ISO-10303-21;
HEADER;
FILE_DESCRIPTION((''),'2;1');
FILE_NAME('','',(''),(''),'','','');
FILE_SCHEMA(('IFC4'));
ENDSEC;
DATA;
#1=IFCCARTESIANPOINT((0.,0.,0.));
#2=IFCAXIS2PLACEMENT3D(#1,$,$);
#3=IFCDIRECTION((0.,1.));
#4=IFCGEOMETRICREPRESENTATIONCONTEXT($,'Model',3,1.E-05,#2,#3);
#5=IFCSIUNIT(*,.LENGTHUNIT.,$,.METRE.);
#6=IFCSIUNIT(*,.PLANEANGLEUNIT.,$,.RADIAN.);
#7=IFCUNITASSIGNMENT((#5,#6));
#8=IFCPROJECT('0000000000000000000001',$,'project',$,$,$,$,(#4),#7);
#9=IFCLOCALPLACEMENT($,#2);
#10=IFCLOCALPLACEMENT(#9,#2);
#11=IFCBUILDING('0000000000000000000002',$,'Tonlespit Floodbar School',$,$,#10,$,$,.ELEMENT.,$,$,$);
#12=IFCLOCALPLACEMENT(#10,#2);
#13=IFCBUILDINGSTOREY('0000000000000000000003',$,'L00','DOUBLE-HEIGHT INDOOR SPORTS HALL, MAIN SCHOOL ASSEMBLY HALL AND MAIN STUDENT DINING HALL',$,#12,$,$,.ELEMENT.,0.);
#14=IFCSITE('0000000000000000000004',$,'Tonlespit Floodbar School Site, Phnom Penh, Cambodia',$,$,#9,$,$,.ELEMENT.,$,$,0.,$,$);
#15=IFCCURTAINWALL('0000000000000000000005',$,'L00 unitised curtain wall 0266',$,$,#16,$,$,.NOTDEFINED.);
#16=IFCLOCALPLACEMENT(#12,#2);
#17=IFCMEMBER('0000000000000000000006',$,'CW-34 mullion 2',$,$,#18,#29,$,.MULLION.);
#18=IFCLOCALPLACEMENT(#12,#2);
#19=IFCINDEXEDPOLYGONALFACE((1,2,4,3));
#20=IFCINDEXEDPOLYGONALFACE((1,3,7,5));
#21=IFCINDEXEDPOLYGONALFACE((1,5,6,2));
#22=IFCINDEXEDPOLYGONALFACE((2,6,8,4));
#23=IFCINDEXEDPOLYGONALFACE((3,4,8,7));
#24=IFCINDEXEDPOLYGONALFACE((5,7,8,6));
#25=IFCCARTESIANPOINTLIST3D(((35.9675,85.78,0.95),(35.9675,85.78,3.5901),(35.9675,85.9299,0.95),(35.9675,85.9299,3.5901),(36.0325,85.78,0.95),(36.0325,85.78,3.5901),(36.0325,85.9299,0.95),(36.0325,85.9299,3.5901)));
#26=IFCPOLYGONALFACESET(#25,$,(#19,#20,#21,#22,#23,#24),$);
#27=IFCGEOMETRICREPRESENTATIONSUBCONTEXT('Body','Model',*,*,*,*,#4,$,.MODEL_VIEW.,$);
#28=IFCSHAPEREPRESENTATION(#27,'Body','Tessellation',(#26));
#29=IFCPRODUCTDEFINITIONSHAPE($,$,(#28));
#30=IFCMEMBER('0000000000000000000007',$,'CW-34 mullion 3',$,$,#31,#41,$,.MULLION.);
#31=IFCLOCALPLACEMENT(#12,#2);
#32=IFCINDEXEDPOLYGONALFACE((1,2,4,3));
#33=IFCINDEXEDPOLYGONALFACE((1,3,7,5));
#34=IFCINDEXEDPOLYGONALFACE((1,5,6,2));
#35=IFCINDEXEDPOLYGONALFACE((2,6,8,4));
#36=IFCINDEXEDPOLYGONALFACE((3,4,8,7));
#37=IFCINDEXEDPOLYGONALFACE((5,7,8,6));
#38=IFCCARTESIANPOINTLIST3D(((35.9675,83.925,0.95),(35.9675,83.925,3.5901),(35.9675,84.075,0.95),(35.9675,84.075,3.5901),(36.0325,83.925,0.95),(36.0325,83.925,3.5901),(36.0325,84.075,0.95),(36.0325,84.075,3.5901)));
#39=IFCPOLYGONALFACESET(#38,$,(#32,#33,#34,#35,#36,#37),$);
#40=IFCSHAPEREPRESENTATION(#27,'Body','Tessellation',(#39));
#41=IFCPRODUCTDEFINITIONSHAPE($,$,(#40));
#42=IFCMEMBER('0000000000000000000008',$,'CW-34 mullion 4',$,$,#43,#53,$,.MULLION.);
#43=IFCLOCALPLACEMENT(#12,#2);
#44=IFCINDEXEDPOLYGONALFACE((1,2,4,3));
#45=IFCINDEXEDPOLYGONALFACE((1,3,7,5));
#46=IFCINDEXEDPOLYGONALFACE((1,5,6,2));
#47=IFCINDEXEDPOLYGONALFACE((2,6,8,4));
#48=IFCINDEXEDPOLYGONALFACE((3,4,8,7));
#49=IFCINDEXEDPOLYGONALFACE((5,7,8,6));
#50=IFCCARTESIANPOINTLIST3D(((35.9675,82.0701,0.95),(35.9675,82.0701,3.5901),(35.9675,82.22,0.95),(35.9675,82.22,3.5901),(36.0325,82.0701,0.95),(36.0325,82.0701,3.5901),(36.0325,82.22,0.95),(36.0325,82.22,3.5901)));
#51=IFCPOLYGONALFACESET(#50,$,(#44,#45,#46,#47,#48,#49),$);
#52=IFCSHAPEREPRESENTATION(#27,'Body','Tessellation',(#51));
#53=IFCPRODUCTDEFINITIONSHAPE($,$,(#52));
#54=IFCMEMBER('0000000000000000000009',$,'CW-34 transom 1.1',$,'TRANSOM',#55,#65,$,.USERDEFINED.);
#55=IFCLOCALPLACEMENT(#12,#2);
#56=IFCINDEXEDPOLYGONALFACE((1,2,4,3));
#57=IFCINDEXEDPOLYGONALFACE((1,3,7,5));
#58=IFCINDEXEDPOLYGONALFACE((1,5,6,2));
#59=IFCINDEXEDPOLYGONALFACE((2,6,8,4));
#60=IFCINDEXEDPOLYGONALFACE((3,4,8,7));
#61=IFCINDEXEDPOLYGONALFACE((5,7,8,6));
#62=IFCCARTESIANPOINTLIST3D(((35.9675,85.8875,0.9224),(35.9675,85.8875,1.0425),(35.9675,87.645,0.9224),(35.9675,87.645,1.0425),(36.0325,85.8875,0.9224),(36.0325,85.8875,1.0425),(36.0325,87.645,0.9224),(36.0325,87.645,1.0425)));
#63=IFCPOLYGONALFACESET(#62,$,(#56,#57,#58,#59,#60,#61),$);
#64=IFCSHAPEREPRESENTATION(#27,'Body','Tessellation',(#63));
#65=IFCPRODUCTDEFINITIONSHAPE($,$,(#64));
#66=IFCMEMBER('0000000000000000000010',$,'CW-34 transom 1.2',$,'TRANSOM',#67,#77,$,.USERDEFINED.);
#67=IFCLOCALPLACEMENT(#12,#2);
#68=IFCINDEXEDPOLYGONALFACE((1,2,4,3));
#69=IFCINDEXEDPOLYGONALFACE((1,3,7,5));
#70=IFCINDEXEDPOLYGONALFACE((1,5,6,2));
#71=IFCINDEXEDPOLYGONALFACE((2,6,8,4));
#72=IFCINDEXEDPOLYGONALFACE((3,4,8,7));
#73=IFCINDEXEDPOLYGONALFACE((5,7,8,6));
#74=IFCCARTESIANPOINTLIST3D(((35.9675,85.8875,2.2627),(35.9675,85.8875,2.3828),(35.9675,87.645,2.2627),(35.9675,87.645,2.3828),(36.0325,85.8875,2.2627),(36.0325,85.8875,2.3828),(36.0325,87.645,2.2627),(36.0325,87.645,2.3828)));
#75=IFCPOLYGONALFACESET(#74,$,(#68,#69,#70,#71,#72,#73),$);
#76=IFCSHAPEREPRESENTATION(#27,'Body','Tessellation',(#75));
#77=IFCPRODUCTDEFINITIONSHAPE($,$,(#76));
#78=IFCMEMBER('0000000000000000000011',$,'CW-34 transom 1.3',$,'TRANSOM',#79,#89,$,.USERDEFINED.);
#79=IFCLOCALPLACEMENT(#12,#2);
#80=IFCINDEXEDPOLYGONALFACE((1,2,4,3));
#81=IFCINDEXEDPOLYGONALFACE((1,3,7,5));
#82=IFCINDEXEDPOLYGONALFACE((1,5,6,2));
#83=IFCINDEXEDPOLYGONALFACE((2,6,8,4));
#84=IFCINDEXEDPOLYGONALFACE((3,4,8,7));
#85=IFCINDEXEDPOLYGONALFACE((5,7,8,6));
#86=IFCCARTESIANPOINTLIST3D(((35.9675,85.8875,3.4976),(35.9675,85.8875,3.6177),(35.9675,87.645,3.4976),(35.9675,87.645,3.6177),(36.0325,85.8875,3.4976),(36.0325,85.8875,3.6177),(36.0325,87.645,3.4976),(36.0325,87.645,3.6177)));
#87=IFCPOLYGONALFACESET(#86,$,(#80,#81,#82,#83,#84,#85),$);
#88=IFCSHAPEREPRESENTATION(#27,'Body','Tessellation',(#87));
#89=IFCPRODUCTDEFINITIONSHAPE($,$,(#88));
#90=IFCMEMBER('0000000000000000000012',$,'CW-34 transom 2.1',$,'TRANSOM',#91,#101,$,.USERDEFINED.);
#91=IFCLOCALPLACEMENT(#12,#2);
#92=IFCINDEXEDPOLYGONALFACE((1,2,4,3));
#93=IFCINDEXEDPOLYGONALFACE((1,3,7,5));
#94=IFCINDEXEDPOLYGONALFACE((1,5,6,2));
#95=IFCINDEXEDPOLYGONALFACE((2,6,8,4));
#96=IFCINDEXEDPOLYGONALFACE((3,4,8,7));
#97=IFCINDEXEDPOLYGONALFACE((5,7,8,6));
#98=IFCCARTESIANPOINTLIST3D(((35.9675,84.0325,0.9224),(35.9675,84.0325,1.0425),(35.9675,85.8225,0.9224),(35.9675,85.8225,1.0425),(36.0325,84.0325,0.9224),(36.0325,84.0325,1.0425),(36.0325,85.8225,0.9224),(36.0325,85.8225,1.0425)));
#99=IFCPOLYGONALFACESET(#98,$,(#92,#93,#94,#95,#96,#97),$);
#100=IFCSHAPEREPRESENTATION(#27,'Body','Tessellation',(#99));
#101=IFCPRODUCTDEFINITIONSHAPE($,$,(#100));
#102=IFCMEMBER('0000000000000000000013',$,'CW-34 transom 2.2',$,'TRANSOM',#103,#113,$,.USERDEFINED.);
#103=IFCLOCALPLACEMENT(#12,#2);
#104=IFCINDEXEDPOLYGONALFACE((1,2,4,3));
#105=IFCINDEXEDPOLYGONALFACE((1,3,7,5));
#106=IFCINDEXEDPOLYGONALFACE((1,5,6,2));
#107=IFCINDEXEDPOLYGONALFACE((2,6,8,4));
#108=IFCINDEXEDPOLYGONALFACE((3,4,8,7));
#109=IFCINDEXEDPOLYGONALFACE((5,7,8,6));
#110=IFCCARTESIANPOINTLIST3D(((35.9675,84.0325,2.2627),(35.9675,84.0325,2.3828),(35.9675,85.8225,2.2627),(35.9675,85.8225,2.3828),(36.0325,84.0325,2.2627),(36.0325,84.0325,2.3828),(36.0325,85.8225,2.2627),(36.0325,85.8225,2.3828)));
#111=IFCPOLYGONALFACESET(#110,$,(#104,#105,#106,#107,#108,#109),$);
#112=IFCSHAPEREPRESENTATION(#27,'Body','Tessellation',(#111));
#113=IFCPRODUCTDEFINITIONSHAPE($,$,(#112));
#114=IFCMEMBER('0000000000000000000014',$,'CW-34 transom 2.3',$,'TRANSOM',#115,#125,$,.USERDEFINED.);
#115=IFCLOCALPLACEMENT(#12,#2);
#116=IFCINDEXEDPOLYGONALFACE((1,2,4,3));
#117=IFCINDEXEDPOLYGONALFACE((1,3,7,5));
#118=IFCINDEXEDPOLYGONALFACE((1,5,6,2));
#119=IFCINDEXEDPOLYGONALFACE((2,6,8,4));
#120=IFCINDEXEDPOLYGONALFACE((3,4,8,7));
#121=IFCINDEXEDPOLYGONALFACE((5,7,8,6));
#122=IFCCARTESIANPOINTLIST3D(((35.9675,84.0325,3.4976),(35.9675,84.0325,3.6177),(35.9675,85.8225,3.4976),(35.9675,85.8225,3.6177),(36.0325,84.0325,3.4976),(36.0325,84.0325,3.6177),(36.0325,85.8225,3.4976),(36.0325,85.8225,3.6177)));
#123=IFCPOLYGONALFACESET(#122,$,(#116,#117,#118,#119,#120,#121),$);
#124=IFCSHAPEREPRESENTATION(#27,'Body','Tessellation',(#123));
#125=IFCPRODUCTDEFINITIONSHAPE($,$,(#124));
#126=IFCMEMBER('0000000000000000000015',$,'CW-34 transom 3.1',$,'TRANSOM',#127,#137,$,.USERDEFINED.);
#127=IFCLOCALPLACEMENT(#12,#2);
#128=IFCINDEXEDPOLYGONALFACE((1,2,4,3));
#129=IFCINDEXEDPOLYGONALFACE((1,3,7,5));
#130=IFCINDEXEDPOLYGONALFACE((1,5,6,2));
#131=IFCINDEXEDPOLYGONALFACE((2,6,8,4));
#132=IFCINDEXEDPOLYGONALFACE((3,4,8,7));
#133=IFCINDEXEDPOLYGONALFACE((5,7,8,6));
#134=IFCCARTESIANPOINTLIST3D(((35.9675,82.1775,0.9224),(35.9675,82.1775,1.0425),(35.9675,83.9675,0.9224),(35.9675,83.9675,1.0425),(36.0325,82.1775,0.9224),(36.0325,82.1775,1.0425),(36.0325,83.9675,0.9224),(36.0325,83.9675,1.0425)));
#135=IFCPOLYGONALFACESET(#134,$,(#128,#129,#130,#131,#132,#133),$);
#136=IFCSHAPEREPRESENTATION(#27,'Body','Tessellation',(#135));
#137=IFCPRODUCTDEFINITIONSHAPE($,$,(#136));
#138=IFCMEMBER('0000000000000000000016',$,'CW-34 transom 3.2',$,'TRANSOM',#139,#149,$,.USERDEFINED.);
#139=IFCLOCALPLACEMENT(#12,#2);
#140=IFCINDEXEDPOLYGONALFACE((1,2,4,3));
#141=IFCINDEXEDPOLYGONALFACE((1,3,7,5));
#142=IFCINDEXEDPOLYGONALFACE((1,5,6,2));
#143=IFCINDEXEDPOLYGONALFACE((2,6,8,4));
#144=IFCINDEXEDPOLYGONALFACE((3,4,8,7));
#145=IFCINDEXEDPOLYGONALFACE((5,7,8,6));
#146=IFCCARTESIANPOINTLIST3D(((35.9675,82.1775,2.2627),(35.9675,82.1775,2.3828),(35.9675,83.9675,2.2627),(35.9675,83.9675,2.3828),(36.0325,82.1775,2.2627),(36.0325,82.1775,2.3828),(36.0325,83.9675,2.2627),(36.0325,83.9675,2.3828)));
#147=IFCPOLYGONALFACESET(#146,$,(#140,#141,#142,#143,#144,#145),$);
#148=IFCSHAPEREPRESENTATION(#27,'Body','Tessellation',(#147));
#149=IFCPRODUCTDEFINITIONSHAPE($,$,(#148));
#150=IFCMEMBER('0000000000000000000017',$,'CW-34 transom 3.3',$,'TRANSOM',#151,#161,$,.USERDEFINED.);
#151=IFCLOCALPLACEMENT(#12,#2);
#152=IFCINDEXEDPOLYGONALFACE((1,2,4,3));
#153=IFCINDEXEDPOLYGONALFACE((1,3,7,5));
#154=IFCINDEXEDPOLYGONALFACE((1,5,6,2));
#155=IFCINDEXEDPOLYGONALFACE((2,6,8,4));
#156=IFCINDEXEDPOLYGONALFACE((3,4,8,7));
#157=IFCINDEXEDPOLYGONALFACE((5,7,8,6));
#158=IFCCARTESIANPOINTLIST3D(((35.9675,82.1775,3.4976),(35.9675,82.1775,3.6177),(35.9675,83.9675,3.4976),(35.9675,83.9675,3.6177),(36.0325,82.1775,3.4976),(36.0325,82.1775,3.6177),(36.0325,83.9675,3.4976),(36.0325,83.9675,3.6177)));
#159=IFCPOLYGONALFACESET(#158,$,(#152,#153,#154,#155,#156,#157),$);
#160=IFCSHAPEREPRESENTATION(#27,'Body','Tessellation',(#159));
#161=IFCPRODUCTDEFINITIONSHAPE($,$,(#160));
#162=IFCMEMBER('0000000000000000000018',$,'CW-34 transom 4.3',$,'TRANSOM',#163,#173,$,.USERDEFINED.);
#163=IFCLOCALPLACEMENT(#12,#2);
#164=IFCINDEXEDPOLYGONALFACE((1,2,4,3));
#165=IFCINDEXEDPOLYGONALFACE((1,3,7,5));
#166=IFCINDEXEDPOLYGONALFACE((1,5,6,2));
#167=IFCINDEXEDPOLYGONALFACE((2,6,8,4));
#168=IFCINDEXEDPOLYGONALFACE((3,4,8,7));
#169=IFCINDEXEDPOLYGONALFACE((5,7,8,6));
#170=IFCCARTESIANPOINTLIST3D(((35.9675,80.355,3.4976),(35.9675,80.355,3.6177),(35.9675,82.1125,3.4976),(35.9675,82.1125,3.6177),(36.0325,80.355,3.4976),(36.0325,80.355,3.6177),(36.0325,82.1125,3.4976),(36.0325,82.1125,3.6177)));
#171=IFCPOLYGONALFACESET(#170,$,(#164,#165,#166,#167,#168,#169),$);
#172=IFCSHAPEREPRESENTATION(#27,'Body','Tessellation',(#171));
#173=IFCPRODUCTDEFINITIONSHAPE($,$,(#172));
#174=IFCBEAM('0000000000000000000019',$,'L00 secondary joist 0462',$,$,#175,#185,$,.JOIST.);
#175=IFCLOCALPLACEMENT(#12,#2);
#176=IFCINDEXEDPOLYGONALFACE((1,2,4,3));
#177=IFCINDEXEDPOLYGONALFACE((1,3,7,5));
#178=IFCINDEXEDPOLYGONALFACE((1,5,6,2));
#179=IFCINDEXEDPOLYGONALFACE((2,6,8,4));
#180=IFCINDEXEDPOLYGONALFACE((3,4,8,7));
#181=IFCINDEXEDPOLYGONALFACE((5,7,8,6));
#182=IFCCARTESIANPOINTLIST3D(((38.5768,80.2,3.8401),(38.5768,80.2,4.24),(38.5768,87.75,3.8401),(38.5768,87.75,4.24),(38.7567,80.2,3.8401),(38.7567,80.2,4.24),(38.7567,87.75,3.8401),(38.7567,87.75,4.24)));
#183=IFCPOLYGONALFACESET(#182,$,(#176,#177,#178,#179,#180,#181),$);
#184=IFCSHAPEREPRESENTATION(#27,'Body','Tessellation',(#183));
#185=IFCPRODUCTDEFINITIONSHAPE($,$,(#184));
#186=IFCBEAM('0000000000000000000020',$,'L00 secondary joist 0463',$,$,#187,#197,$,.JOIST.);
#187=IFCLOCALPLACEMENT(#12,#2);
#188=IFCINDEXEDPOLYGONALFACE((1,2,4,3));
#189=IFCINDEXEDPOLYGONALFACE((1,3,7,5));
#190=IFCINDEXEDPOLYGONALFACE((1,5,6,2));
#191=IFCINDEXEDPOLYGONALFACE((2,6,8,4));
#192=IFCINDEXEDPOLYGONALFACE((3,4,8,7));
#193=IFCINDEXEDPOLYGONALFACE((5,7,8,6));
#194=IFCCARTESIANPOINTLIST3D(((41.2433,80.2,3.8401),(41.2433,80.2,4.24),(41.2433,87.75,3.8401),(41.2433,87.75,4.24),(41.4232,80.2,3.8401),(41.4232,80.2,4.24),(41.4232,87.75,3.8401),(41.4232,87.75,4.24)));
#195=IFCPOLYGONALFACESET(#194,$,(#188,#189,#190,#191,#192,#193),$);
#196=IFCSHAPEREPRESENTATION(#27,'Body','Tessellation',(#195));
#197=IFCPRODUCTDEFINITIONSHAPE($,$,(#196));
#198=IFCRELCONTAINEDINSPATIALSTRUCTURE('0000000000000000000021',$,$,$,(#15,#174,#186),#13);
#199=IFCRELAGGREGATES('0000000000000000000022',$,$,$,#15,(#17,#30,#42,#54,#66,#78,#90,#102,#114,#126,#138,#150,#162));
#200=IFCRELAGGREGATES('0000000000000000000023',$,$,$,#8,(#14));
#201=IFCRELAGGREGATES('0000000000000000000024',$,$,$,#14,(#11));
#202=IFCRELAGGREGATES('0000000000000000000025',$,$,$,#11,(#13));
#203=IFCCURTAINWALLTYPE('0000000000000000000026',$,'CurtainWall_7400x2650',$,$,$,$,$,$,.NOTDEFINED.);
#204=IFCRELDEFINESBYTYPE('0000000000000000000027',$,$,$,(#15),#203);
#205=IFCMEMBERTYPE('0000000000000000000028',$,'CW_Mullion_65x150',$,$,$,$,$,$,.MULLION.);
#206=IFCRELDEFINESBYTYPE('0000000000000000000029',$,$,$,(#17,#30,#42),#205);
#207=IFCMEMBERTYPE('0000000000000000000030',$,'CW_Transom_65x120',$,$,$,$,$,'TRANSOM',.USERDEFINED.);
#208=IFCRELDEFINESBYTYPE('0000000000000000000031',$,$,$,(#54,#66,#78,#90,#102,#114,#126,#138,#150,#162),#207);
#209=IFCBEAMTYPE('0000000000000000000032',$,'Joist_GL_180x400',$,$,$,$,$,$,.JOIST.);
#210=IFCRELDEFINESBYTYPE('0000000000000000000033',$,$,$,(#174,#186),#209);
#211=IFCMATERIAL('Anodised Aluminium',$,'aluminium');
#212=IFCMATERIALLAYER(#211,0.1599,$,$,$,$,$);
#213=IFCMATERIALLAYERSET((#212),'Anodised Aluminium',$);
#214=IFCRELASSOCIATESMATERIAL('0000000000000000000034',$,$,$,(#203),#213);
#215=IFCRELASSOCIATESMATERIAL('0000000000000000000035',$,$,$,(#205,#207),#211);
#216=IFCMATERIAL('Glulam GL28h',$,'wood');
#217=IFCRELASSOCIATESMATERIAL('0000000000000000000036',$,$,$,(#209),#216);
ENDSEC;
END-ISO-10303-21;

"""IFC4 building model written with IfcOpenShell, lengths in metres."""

from ifc_helpers import new_model, si_unit, direction, frame, origin, origin_2d, place, context, subcontext, project, spatial, rectangle, extrude, material, layer, layer_set, material_profile, profile_set, type_object, element, aggregate, save


model = new_model("IFC4")

# Units and contexts
model_context = context("Model", 3, precision=1e-05, world=origin(), true_north=direction((0.0, 1.0)))
body_context = subcontext(model_context, "Body", "Model", "MODEL_VIEW")
ifc_project = project(units=[si_unit("LENGTHUNIT", "METRE"), si_unit("PLANEANGLEUNIT", "RADIAN")], contexts=[model_context])

# Site, building, storey
site_placement = place(None, origin())
site = spatial("IfcSite", under=ifc_project, at=site_placement, Name="Tonlespit Floodbar School Site, Phnom Penh, Cambodia", CompositionType="ELEMENT", RefElevation=0.0)
building_placement = place(site_placement, origin())
building = spatial("IfcBuilding", under=site, at=building_placement, Name="Tonlespit Floodbar School", CompositionType="ELEMENT")
storey_placement = place(building_placement, origin())
storey = spatial("IfcBuildingStorey", under=building, at=storey_placement, Name="L00", Description="DOUBLE-HEIGHT INDOOR SPORTS HALL, MAIN SCHOOL ASSEMBLY HALL AND MAIN STUDENT DINING HALL", CompositionType="ELEMENT", Elevation=0.0)

# Curtain wall, members
ifc_material_1 = material(Name="Anodised Aluminium", Category="aluminium")
ifc_layer_1 = layer(ifc_material_1, 0.1599)
ifc_layer_set_1 = layer_set([ifc_layer_1], Name="Anodised Aluminium")
curtain_wall_type = type_object("IfcCurtainWallType", Name="CurtainWall_7400x2650", PredefinedType="NOTDEFINED", material=ifc_layer_set_1)
curtain_wall_placement = place(storey_placement, origin())
curtain_wall = element("IfcCurtainWall", 1, at=curtain_wall_placement, inside=storey, type_object=curtain_wall_type, Name="L00 unitised curtain wall 0266", PredefinedType="NOTDEFINED")
ifc_material_profile_1 = material_profile(ifc_material_1, rectangle(XDim=0.0649, YDim=0.1499, at=origin_2d()), Name="ALU M65x150")
ifc_profile_set_1 = profile_set([ifc_material_profile_1], Name="Anodised Aluminium")
member_type_1 = type_object("IfcMemberType", Name="CW_Mullion_65x150", PredefinedType="MULLION", material=ifc_profile_set_1)
member_1_placement = place(storey_placement, frame((36.0, 85.855, 0.95), z_axis=(0.0, 0.0, 1.0), x_axis=(1.0, 0.0, 0.0)))
member_1 = element("IfcMember", 2, at=member_1_placement, type_object=member_type_1, Name="CW-34 mullion 2", PredefinedType="MULLION", context=body_context, shape_type="SweptSolid", body=[
    extrude(rectangle(XDim=0.0649, YDim=0.1499, at=origin_2d()), origin(), (0.0, 0.0, 1.0), 2.6401),
])
member_2_placement = place(storey_placement, frame((36.0, 84.0, 0.95), z_axis=(0.0, 0.0, 1.0), x_axis=(1.0, 0.0, 0.0)))
member_2 = element("IfcMember", 3, at=member_2_placement, type_object=member_type_1, Name="CW-34 mullion 3", PredefinedType="MULLION", context=body_context, shape_type="SweptSolid", body=[
    extrude(rectangle(XDim=0.0649, YDim=0.1499, at=origin_2d()), origin(), (0.0, 0.0, 1.0), 2.6401),
])
member_3_placement = place(storey_placement, frame((36.0, 82.145, 0.95), z_axis=(0.0, 0.0, 1.0), x_axis=(1.0, 0.0, 0.0)))
member_3 = element("IfcMember", 4, at=member_3_placement, type_object=member_type_1, Name="CW-34 mullion 4", PredefinedType="MULLION", context=body_context, shape_type="SweptSolid", body=[
    extrude(rectangle(XDim=0.0649, YDim=0.1499, at=origin_2d()), origin(), (0.0, 0.0, 1.0), 2.6401),
])
ifc_material_profile_2 = material_profile(ifc_material_1, rectangle(XDim=0.0649, YDim=0.1201, at=origin_2d()), Name="ALU T65x120")
ifc_profile_set_2 = profile_set([ifc_material_profile_2], Name="Anodised Aluminium")
member_type_2 = type_object("IfcMemberType", Name="CW_Transom_65x120", ElementType="TRANSOM", PredefinedType="USERDEFINED", material=ifc_profile_set_2)
member_4_placement = place(storey_placement, frame((36.0, 87.645, 0.9824), z_axis=(0.0, -1.0, 0.0), x_axis=(1.0, 0.0, 0.0)))
member_4 = element("IfcMember", 5, at=member_4_placement, type_object=member_type_2, Name="CW-34 transom 1.1", ObjectType="TRANSOM", PredefinedType="USERDEFINED", context=body_context, shape_type="SweptSolid", body=[
    extrude(rectangle(XDim=0.0649, YDim=0.1201, at=origin_2d()), origin(), (0.0, 0.0, 1.0), 1.7576),
])
member_5_placement = place(storey_placement, frame((36.0, 87.645, 2.3228), z_axis=(0.0, -1.0, 0.0), x_axis=(1.0, 0.0, 0.0)))
member_5 = element("IfcMember", 6, at=member_5_placement, type_object=member_type_2, Name="CW-34 transom 1.2", ObjectType="TRANSOM", PredefinedType="USERDEFINED", context=body_context, shape_type="SweptSolid", body=[
    extrude(rectangle(XDim=0.0649, YDim=0.1201, at=origin_2d()), origin(), (0.0, 0.0, 1.0), 1.7576),
])
member_6_placement = place(storey_placement, frame((36.0, 87.645, 3.5576), z_axis=(0.0, -1.0, 0.0), x_axis=(1.0, 0.0, 0.0)))
member_6 = element("IfcMember", 7, at=member_6_placement, type_object=member_type_2, Name="CW-34 transom 1.3", ObjectType="TRANSOM", PredefinedType="USERDEFINED", context=body_context, shape_type="SweptSolid", body=[
    extrude(rectangle(XDim=0.0649, YDim=0.1201, at=origin_2d()), origin(), (0.0, 0.0, 1.0), 1.7576),
])
member_7_placement = place(storey_placement, frame((36.0, 85.8225, 0.9824), z_axis=(0.0, -1.0, 0.0), x_axis=(1.0, 0.0, 0.0)))
member_7 = element("IfcMember", 8, at=member_7_placement, type_object=member_type_2, Name="CW-34 transom 2.1", ObjectType="TRANSOM", PredefinedType="USERDEFINED", context=body_context, shape_type="SweptSolid", body=[
    extrude(rectangle(XDim=0.0649, YDim=0.1201, at=origin_2d()), origin(), (0.0, 0.0, 1.0), 1.79),
])
member_8_placement = place(storey_placement, frame((36.0, 85.8225, 2.3228), z_axis=(0.0, -1.0, 0.0), x_axis=(1.0, 0.0, 0.0)))
member_8 = element("IfcMember", 9, at=member_8_placement, type_object=member_type_2, Name="CW-34 transom 2.2", ObjectType="TRANSOM", PredefinedType="USERDEFINED", context=body_context, shape_type="SweptSolid", body=[
    extrude(rectangle(XDim=0.0649, YDim=0.1201, at=origin_2d()), origin(), (0.0, 0.0, 1.0), 1.79),
])
member_9_placement = place(storey_placement, frame((36.0, 85.8225, 3.5576), z_axis=(0.0, -1.0, 0.0), x_axis=(1.0, 0.0, 0.0)))
member_9 = element("IfcMember", 10, at=member_9_placement, type_object=member_type_2, Name="CW-34 transom 2.3", ObjectType="TRANSOM", PredefinedType="USERDEFINED", context=body_context, shape_type="SweptSolid", body=[
    extrude(rectangle(XDim=0.0649, YDim=0.1201, at=origin_2d()), origin(), (0.0, 0.0, 1.0), 1.79),
])
member_10_placement = place(storey_placement, frame((36.0, 83.9675, 0.9824), z_axis=(0.0, -1.0, 0.0), x_axis=(1.0, 0.0, 0.0)))
member_10 = element("IfcMember", 11, at=member_10_placement, type_object=member_type_2, Name="CW-34 transom 3.1", ObjectType="TRANSOM", PredefinedType="USERDEFINED", context=body_context, shape_type="SweptSolid", body=[
    extrude(rectangle(XDim=0.0649, YDim=0.1201, at=origin_2d()), origin(), (0.0, 0.0, 1.0), 1.79),
])
member_11_placement = place(storey_placement, frame((36.0, 83.9675, 2.3228), z_axis=(0.0, -1.0, 0.0), x_axis=(1.0, 0.0, 0.0)))
member_11 = element("IfcMember", 12, at=member_11_placement, type_object=member_type_2, Name="CW-34 transom 3.2", ObjectType="TRANSOM", PredefinedType="USERDEFINED", context=body_context, shape_type="SweptSolid", body=[
    extrude(rectangle(XDim=0.0649, YDim=0.1201, at=origin_2d()), origin(), (0.0, 0.0, 1.0), 1.79),
])
member_12_placement = place(storey_placement, frame((36.0, 83.9675, 3.5576), z_axis=(0.0, -1.0, 0.0), x_axis=(1.0, 0.0, 0.0)))
member_12 = element("IfcMember", 13, at=member_12_placement, type_object=member_type_2, Name="CW-34 transom 3.3", ObjectType="TRANSOM", PredefinedType="USERDEFINED", context=body_context, shape_type="SweptSolid", body=[
    extrude(rectangle(XDim=0.0649, YDim=0.1201, at=origin_2d()), origin(), (0.0, 0.0, 1.0), 1.79),
])
member_13_placement = place(storey_placement, frame((36.0, 82.1125, 3.5576), z_axis=(0.0, -1.0, 0.0), x_axis=(1.0, 0.0, 0.0)))
member_13 = element("IfcMember", 14, at=member_13_placement, type_object=member_type_2, Name="CW-34 transom 4.3", ObjectType="TRANSOM", PredefinedType="USERDEFINED", context=body_context, shape_type="SweptSolid", body=[
    extrude(rectangle(XDim=0.0649, YDim=0.1201, at=origin_2d()), origin(), (0.0, 0.0, 1.0), 1.7576),
])

# Beams
ifc_material_2 = material(Name="Glulam GL28h", Category="wood")
ifc_material_profile_3 = material_profile(ifc_material_2, rectangle(XDim=0.1799, YDim=0.3999, at=origin_2d()), Name="GL 180x400")
ifc_profile_set_3 = profile_set([ifc_material_profile_3], Name="Glulam GL28h")
beam_type_1 = type_object("IfcBeamType", Name="Joist_GL_180x400", PredefinedType="JOIST", material=ifc_profile_set_3)
for number, where, z_axis, x_axis, name in (
    (15, (38.6667, 80.2, 4.04), (0.0, 1.0, 0.0), (-1.0, 0.0, 0.0), "L00 secondary joist 0462"),
    (16, (41.3333, 80.2, 4.04), (0.0, 1.0, 0.0), (-1.0, 0.0, 0.0), "L00 secondary joist 0463"),
):
    element("IfcBeam", number, at=place(storey_placement, frame(where, z_axis=z_axis, x_axis=x_axis)), inside=storey, type_object=beam_type_1, Name=name, PredefinedType="JOIST", context=body_context, shape_type="SweptSolid", body=[
        extrude(rectangle(XDim=0.1799, YDim=0.3999, at=origin_2d()), origin(), (0.0, 0.0, 1.0), 7.55),
    ])

aggregate(curtain_wall, [member_1, member_2, member_3, member_4, member_5, member_6, member_7, member_8, member_9, member_10, member_11, member_12, member_13])

save(model, "model.ifc")
